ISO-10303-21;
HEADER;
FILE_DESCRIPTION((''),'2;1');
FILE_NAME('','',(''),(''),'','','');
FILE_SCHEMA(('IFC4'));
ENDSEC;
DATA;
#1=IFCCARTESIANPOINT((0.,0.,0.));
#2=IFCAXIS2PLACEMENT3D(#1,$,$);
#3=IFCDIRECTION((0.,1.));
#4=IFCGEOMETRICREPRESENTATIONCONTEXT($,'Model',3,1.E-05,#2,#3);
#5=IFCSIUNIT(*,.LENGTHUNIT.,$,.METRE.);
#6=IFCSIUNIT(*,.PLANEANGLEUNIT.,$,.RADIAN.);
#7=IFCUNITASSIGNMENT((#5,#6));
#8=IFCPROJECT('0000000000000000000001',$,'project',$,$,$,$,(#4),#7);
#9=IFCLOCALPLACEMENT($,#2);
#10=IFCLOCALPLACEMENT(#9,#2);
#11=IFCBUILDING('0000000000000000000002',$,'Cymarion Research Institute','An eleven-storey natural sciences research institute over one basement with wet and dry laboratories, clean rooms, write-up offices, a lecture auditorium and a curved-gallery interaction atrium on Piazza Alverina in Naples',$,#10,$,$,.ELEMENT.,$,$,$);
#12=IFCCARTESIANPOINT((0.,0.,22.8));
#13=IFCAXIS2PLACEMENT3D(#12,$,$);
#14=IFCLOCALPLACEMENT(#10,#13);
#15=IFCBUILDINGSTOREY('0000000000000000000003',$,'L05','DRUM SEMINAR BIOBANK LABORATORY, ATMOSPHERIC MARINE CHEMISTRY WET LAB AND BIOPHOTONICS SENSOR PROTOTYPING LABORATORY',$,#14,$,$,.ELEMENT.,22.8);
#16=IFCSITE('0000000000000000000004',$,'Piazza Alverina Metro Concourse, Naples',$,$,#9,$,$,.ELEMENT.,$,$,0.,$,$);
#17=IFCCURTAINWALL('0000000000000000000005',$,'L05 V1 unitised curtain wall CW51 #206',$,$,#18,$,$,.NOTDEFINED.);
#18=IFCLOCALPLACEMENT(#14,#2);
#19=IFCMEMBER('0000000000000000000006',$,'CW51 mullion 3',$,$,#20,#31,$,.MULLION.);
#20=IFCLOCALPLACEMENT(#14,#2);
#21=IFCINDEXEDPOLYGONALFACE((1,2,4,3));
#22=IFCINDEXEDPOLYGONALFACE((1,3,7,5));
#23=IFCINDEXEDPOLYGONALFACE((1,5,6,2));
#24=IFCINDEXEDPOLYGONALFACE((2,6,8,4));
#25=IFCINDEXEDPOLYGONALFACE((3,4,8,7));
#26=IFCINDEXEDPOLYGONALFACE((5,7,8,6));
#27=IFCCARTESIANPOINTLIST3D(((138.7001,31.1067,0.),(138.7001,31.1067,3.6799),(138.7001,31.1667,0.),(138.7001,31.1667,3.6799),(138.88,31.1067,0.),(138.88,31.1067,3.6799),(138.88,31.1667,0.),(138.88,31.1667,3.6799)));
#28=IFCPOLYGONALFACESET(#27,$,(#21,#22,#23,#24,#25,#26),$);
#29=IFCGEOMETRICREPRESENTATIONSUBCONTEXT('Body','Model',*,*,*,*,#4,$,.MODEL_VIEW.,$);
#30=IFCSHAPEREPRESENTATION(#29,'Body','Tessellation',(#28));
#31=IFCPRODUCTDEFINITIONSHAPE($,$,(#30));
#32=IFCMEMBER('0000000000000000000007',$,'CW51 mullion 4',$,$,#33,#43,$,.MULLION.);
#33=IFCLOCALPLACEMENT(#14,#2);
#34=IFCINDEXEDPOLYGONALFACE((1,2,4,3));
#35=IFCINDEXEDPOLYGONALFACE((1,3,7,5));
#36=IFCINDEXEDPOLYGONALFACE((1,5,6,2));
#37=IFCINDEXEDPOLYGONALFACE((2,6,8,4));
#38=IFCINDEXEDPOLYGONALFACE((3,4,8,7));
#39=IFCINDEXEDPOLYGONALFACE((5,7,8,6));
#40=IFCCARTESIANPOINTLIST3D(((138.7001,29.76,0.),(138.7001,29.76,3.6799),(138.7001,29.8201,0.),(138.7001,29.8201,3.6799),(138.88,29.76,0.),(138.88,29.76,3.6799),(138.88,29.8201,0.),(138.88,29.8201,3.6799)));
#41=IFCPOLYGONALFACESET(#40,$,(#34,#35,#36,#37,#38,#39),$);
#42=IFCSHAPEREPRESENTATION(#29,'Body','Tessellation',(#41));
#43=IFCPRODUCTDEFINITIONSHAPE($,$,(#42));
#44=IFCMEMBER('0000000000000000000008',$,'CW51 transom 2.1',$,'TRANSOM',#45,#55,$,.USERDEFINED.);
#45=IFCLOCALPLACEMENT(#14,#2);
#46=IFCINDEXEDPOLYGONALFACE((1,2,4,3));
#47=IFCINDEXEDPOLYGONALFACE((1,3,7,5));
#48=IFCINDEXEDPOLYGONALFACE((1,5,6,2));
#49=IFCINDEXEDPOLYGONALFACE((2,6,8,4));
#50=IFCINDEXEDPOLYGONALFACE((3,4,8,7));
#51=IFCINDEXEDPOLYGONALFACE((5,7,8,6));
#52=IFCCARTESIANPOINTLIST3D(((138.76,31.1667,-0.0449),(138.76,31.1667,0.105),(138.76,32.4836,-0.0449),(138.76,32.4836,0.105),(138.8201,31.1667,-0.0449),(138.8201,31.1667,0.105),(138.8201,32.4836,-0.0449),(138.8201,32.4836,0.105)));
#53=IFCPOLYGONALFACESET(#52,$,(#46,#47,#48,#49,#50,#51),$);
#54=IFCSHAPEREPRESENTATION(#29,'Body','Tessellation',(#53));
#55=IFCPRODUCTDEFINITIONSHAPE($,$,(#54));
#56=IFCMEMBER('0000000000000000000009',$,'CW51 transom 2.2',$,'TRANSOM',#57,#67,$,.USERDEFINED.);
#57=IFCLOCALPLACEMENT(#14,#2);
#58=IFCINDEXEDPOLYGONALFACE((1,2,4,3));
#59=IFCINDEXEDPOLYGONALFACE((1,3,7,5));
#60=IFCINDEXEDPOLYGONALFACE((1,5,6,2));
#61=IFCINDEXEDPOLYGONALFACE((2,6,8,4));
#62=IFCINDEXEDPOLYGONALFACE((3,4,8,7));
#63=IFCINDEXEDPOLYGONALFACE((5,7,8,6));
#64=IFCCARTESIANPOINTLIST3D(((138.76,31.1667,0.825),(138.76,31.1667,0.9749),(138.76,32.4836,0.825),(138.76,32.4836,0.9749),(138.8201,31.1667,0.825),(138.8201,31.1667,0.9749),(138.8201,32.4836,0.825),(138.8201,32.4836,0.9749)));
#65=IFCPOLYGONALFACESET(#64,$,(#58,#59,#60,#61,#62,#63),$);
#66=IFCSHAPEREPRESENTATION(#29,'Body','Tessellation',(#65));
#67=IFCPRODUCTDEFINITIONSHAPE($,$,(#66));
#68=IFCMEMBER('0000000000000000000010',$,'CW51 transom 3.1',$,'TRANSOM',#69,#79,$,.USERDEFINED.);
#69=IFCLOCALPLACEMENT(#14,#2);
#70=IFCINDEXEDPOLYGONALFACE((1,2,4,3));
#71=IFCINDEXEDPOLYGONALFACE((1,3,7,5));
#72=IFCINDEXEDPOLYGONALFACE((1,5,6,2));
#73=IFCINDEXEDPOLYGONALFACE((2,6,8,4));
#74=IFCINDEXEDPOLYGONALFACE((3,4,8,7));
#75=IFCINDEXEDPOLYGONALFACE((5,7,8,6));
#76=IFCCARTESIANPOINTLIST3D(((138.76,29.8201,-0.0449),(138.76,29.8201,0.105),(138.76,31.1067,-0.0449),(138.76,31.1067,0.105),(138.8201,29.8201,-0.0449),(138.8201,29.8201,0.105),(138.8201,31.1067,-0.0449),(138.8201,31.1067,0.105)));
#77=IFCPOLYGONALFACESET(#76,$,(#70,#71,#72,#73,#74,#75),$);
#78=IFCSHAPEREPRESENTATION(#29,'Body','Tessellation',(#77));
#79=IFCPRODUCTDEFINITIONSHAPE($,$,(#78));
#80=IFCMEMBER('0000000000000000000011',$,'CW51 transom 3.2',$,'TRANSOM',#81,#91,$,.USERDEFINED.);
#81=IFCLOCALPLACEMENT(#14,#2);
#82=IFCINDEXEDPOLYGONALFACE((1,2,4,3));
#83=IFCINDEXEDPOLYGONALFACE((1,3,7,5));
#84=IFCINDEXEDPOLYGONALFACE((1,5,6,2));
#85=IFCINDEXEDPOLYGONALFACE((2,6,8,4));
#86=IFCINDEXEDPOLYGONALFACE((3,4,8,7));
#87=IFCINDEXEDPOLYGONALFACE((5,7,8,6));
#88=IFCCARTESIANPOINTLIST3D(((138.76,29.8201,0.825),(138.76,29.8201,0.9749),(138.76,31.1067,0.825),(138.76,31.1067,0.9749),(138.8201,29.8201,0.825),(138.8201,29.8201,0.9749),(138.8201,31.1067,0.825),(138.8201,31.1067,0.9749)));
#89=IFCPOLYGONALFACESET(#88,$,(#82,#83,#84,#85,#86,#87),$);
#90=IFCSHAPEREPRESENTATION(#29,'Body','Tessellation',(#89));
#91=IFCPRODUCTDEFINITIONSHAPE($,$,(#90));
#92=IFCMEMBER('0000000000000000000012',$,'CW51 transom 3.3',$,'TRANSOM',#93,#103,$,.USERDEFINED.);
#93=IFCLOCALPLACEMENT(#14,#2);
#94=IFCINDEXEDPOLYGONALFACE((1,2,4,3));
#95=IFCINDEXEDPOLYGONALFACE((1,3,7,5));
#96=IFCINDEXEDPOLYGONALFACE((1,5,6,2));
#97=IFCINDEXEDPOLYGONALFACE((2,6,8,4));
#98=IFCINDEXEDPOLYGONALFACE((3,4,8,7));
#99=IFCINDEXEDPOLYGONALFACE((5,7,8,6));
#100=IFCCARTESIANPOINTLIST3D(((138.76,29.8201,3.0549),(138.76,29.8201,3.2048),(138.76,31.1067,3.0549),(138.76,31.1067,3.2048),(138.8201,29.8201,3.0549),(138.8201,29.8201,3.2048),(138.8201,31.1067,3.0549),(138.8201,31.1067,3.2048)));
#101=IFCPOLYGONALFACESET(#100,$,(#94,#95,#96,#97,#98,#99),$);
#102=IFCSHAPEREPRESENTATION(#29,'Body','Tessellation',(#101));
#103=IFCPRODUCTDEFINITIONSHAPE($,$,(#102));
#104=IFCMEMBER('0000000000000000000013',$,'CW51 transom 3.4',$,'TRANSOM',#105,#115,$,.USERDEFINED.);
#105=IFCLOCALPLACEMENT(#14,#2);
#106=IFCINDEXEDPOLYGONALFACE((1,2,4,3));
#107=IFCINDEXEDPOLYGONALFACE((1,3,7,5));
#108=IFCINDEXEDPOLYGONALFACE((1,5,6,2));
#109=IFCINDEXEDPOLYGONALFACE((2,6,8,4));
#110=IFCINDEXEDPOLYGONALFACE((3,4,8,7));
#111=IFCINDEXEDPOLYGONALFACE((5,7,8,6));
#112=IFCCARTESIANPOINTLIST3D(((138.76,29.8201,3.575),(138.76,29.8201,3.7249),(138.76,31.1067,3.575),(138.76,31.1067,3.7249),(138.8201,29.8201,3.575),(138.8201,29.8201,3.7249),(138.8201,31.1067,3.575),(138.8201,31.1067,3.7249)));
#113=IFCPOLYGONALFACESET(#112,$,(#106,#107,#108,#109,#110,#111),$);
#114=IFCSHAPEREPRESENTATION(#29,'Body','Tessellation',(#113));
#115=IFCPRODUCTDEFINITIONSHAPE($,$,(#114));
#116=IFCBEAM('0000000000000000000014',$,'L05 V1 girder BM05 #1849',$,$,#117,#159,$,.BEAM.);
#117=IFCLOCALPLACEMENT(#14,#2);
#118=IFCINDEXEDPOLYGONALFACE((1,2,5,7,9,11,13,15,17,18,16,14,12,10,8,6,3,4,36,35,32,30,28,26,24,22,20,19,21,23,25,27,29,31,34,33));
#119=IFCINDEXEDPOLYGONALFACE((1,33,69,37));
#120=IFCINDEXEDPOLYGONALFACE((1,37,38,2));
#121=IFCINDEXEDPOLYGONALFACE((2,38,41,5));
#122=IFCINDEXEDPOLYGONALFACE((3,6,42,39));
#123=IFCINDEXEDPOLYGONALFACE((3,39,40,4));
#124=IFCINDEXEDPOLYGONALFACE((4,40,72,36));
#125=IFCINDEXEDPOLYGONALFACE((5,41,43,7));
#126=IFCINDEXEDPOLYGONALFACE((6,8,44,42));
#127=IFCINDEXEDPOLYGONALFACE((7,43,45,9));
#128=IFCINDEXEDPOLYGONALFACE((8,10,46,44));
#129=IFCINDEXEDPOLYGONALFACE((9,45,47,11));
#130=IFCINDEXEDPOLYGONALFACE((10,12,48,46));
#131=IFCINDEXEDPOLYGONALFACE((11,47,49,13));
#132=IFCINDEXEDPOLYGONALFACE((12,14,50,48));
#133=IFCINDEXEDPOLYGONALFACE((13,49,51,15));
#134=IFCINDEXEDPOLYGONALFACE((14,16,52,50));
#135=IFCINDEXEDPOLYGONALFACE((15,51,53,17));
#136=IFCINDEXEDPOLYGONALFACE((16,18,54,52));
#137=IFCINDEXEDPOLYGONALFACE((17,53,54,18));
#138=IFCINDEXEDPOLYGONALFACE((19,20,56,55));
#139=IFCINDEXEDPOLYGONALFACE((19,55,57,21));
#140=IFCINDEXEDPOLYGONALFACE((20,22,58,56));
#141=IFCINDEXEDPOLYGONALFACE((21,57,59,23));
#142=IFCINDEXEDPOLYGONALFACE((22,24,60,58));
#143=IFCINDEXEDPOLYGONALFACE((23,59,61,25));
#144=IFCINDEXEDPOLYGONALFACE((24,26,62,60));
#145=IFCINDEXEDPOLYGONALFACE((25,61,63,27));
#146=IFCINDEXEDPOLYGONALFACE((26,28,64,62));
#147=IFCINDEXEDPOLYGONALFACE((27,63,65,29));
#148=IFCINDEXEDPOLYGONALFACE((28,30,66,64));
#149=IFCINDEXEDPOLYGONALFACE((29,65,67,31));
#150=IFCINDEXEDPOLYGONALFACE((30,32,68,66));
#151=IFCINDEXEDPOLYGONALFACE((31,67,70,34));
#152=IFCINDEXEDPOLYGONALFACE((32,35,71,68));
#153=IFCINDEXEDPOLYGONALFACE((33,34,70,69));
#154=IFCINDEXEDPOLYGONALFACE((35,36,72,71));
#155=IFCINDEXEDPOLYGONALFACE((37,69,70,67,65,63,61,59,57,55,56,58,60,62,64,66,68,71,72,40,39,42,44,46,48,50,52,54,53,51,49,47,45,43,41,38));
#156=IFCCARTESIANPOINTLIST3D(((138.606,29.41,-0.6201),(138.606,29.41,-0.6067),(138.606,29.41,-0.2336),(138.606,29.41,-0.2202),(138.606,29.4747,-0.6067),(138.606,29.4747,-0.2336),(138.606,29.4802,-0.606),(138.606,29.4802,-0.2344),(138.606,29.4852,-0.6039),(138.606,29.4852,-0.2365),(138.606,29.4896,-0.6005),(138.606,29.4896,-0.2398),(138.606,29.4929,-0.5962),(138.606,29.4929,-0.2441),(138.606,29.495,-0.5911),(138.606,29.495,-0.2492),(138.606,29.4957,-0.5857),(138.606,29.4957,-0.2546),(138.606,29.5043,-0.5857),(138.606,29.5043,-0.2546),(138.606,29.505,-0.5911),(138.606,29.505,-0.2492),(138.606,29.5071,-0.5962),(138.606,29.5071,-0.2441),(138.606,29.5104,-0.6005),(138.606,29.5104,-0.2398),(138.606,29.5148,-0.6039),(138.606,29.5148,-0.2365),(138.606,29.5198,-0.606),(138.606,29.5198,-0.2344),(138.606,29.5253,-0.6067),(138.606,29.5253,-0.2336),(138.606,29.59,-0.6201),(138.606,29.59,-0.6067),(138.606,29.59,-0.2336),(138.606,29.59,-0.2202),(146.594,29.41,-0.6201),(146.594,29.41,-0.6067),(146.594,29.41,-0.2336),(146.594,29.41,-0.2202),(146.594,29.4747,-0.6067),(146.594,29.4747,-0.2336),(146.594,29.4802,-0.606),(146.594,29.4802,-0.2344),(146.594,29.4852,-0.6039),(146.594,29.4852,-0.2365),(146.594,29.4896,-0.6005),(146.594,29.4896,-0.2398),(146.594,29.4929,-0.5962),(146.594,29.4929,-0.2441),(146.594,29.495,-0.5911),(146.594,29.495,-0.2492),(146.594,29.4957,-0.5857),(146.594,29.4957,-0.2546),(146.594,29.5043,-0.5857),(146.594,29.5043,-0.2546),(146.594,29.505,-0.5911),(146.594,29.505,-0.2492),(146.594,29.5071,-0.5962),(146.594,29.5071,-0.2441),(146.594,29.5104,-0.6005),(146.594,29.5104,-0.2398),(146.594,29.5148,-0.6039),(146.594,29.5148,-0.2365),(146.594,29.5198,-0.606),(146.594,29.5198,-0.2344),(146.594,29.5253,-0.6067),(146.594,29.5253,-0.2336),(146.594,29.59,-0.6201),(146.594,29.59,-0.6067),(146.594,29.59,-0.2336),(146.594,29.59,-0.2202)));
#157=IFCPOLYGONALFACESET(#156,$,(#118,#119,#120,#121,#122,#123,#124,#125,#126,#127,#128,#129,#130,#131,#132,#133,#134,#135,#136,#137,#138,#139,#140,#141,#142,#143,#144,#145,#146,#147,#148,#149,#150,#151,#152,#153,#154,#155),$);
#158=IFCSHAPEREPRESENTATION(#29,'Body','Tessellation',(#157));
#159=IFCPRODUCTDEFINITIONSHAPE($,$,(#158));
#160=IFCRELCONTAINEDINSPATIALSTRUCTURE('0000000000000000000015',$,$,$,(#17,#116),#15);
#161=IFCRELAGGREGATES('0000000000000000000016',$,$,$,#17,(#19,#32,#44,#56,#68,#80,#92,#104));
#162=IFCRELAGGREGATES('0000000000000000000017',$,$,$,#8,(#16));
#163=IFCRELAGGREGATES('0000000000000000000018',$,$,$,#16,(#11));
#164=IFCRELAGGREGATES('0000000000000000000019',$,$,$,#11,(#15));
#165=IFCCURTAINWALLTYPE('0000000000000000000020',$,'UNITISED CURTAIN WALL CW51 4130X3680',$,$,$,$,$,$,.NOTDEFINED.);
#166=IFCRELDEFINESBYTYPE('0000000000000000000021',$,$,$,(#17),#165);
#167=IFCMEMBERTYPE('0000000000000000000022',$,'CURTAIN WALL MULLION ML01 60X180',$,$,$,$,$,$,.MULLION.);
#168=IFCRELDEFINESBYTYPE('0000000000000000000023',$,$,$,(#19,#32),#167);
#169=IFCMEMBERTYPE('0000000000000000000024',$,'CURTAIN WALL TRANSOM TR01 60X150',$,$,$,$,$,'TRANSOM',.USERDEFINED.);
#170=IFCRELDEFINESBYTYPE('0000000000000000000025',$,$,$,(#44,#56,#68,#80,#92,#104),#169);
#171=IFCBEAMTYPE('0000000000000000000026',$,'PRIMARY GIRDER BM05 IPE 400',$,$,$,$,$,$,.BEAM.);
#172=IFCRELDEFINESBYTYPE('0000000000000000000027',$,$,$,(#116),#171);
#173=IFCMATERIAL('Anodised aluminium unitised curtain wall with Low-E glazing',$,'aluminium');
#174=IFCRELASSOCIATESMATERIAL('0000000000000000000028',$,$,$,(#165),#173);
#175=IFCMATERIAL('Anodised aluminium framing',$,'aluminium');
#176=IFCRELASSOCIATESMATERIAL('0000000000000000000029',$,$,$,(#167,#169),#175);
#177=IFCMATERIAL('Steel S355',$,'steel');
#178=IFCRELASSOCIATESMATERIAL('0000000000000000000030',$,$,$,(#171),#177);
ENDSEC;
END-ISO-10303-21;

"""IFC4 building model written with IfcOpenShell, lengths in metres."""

from ifc_helpers import new_model, si_unit, direction, frame, origin, origin_2d, place, context, subcontext, project, spatial, rectangle, i_section, extrude, material, material_profile, profile_set, type_object, element, aggregate, save


model = new_model("IFC4")

# Units and contexts
model_context = context("Model", 3, precision=1e-05, world=origin(), true_north=direction((0.0, 1.0)))
body_context = subcontext(model_context, "Body", "Model", "MODEL_VIEW")
ifc_project = project(units=[si_unit("LENGTHUNIT", "METRE"), si_unit("PLANEANGLEUNIT", "RADIAN")], contexts=[model_context])

# Site, building, storey
site_placement = place(None, origin())
site = spatial("IfcSite", under=ifc_project, at=site_placement, Name="Piazza Alverina Metro Concourse, Naples", CompositionType="ELEMENT", RefElevation=0.0)
building_placement = place(site_placement, origin())
building = spatial("IfcBuilding", under=site, at=building_placement, Name="Cymarion Research Institute", Description="An eleven-storey natural sciences research institute over one basement with wet and dry laboratories, clean rooms, write-up offices, a lecture auditorium and a curved-gallery interaction atrium on Piazza Alverina in Naples", CompositionType="ELEMENT")
storey_placement = place(building_placement, frame((0.0, 0.0, 22.8)))
storey = spatial("IfcBuildingStorey", under=building, at=storey_placement, Name="L05", Description="DRUM SEMINAR BIOBANK LABORATORY, ATMOSPHERIC MARINE CHEMISTRY WET LAB AND BIOPHOTONICS SENSOR PROTOTYPING LABORATORY", CompositionType="ELEMENT", Elevation=22.8)

# Curtain wall, members
ifc_material_1 = material(Name="Anodised aluminium unitised curtain wall with Low-E glazing", Category="aluminium")
curtain_wall_type = type_object("IfcCurtainWallType", Name="UNITISED CURTAIN WALL CW51 4130X3680", PredefinedType="NOTDEFINED", material=ifc_material_1)
curtain_wall_placement = place(storey_placement, origin())
curtain_wall = element("IfcCurtainWall", 1, at=curtain_wall_placement, inside=storey, type_object=curtain_wall_type, Name="L05 V1 unitised curtain wall CW51 #206", PredefinedType="NOTDEFINED")
ifc_material_2 = material(Name="Anodised aluminium framing", Category="aluminium")
ifc_material_profile_1 = material_profile(ifc_material_2, rectangle(XDim=0.0601, YDim=0.1799, at=origin_2d()), Name="ALU MULLION 60x180")
ifc_profile_set_1 = profile_set([ifc_material_profile_1], Name="Anodised aluminium framing")
member_type_1 = type_object("IfcMemberType", Name="CURTAIN WALL MULLION ML01 60X180", PredefinedType="MULLION", material=ifc_profile_set_1)
member_1_placement = place(storey_placement, frame((138.79, 31.1367, 0.0), z_axis=(0.0, 0.0, 1.0), x_axis=(0.0, -1.0, 0.0)))
member_1 = element("IfcMember", 2, at=member_1_placement, type_object=member_type_1, Name="CW51 mullion 3", PredefinedType="MULLION", context=body_context, shape_type="SweptSolid", body=[
    extrude(rectangle(XDim=0.0601, YDim=0.1799, at=origin_2d()), origin(), (0.0, 0.0, 1.0), 3.6799),
])
member_2_placement = place(storey_placement, frame((138.79, 29.79, 0.0), z_axis=(0.0, 0.0, 1.0), x_axis=(0.0, -1.0, 0.0)))
member_2 = element("IfcMember", 3, at=member_2_placement, type_object=member_type_1, Name="CW51 mullion 4", PredefinedType="MULLION", context=body_context, shape_type="SweptSolid", body=[
    extrude(rectangle(XDim=0.0601, YDim=0.1799, at=origin_2d()), origin(), (0.0, 0.0, 1.0), 3.6799),
])
ifc_material_profile_2 = material_profile(ifc_material_2, rectangle(XDim=0.0601, YDim=0.1499, at=origin_2d()), Name="ALU TRANSOM 60x150")
ifc_profile_set_2 = profile_set([ifc_material_profile_2], Name="Anodised aluminium framing")
member_type_2 = type_object("IfcMemberType", Name="CURTAIN WALL TRANSOM TR01 60X150", ElementType="TRANSOM", PredefinedType="USERDEFINED", material=ifc_profile_set_2)
member_3_placement = place(storey_placement, frame((138.79, 32.4836, 0.03), z_axis=(0.0, -1.0, 0.0), x_axis=(1.0, 0.0, 0.0)))
member_3 = element("IfcMember", 4, at=member_3_placement, type_object=member_type_2, Name="CW51 transom 2.1", ObjectType="TRANSOM", PredefinedType="USERDEFINED", context=body_context, shape_type="SweptSolid", body=[
    extrude(rectangle(XDim=0.0601, YDim=0.1499, at=origin_2d()), origin(), (0.0, 0.0, 1.0), 1.3169),
])
member_4_placement = place(storey_placement, frame((138.79, 32.4836, 0.8999), z_axis=(0.0, -1.0, 0.0), x_axis=(1.0, 0.0, 0.0)))
member_4 = element("IfcMember", 5, at=member_4_placement, type_object=member_type_2, Name="CW51 transom 2.2", ObjectType="TRANSOM", PredefinedType="USERDEFINED", context=body_context, shape_type="SweptSolid", body=[
    extrude(rectangle(XDim=0.0601, YDim=0.1499, at=origin_2d()), origin(), (0.0, 0.0, 1.0), 1.3169),
])
member_5_placement = place(storey_placement, frame((138.79, 31.1067, 0.03), z_axis=(0.0, -1.0, 0.0), x_axis=(1.0, 0.0, 0.0)))
member_5 = element("IfcMember", 6, at=member_5_placement, type_object=member_type_2, Name="CW51 transom 3.1", ObjectType="TRANSOM", PredefinedType="USERDEFINED", context=body_context, shape_type="SweptSolid", body=[
    extrude(rectangle(XDim=0.0601, YDim=0.1499, at=origin_2d()), origin(), (0.0, 0.0, 1.0), 1.2866),
])
member_6_placement = place(storey_placement, frame((138.79, 31.1067, 0.8999), z_axis=(0.0, -1.0, 0.0), x_axis=(1.0, 0.0, 0.0)))
member_6 = element("IfcMember", 7, at=member_6_placement, type_object=member_type_2, Name="CW51 transom 3.2", ObjectType="TRANSOM", PredefinedType="USERDEFINED", context=body_context, shape_type="SweptSolid", body=[
    extrude(rectangle(XDim=0.0601, YDim=0.1499, at=origin_2d()), origin(), (0.0, 0.0, 1.0), 1.2866),
])
member_7_placement = place(storey_placement, frame((138.79, 31.1067, 3.1299), z_axis=(0.0, -1.0, 0.0), x_axis=(1.0, 0.0, 0.0)))
member_7 = element("IfcMember", 8, at=member_7_placement, type_object=member_type_2, Name="CW51 transom 3.3", ObjectType="TRANSOM", PredefinedType="USERDEFINED", context=body_context, shape_type="SweptSolid", body=[
    extrude(rectangle(XDim=0.0601, YDim=0.1499, at=origin_2d()), origin(), (0.0, 0.0, 1.0), 1.2866),
])
member_8_placement = place(storey_placement, frame((138.79, 31.1067, 3.6499), z_axis=(0.0, -1.0, 0.0), x_axis=(1.0, 0.0, 0.0)))
member_8 = element("IfcMember", 9, at=member_8_placement, type_object=member_type_2, Name="CW51 transom 3.4", ObjectType="TRANSOM", PredefinedType="USERDEFINED", context=body_context, shape_type="SweptSolid", body=[
    extrude(rectangle(XDim=0.0601, YDim=0.1499, at=origin_2d()), origin(), (0.0, 0.0, 1.0), 1.2866),
])

# Beam
ifc_material_3 = material(Name="Steel S355", Category="steel")
ifc_material_profile_3 = material_profile(ifc_material_3, i_section(OverallWidth=0.1799, OverallDepth=0.3999, WebThickness=0.0085, FlangeThickness=0.0134, FilletRadius=0.021, at=origin_2d()), Name="IPE 400")
ifc_profile_set_3 = profile_set([ifc_material_profile_3], Name="Steel S355")
beam_type_1 = type_object("IfcBeamType", Name="PRIMARY GIRDER BM05 IPE 400", PredefinedType="BEAM", material=ifc_profile_set_3)
beam_placement = place(storey_placement, frame((138.606, 29.5, -0.4202), z_axis=(1.0, 0.0, 0.0), x_axis=(0.0, 1.0, 0.0)))
element("IfcBeam", 10, at=beam_placement, inside=storey, type_object=beam_type_1, Name="L05 V1 girder BM05 #1849", PredefinedType="BEAM", context=body_context, shape_type="SweptSolid", body=[
    extrude(i_section(OverallWidth=0.1799, OverallDepth=0.3999, WebThickness=0.0085, FlangeThickness=0.0134, FilletRadius=0.021, at=origin_2d()), origin(), (0.0, 0.0, 1.0), 7.988),
])

aggregate(curtain_wall, [member_1, member_2, member_3, member_4, member_5, member_6, member_7, member_8])

save(model, "model.ifc")
